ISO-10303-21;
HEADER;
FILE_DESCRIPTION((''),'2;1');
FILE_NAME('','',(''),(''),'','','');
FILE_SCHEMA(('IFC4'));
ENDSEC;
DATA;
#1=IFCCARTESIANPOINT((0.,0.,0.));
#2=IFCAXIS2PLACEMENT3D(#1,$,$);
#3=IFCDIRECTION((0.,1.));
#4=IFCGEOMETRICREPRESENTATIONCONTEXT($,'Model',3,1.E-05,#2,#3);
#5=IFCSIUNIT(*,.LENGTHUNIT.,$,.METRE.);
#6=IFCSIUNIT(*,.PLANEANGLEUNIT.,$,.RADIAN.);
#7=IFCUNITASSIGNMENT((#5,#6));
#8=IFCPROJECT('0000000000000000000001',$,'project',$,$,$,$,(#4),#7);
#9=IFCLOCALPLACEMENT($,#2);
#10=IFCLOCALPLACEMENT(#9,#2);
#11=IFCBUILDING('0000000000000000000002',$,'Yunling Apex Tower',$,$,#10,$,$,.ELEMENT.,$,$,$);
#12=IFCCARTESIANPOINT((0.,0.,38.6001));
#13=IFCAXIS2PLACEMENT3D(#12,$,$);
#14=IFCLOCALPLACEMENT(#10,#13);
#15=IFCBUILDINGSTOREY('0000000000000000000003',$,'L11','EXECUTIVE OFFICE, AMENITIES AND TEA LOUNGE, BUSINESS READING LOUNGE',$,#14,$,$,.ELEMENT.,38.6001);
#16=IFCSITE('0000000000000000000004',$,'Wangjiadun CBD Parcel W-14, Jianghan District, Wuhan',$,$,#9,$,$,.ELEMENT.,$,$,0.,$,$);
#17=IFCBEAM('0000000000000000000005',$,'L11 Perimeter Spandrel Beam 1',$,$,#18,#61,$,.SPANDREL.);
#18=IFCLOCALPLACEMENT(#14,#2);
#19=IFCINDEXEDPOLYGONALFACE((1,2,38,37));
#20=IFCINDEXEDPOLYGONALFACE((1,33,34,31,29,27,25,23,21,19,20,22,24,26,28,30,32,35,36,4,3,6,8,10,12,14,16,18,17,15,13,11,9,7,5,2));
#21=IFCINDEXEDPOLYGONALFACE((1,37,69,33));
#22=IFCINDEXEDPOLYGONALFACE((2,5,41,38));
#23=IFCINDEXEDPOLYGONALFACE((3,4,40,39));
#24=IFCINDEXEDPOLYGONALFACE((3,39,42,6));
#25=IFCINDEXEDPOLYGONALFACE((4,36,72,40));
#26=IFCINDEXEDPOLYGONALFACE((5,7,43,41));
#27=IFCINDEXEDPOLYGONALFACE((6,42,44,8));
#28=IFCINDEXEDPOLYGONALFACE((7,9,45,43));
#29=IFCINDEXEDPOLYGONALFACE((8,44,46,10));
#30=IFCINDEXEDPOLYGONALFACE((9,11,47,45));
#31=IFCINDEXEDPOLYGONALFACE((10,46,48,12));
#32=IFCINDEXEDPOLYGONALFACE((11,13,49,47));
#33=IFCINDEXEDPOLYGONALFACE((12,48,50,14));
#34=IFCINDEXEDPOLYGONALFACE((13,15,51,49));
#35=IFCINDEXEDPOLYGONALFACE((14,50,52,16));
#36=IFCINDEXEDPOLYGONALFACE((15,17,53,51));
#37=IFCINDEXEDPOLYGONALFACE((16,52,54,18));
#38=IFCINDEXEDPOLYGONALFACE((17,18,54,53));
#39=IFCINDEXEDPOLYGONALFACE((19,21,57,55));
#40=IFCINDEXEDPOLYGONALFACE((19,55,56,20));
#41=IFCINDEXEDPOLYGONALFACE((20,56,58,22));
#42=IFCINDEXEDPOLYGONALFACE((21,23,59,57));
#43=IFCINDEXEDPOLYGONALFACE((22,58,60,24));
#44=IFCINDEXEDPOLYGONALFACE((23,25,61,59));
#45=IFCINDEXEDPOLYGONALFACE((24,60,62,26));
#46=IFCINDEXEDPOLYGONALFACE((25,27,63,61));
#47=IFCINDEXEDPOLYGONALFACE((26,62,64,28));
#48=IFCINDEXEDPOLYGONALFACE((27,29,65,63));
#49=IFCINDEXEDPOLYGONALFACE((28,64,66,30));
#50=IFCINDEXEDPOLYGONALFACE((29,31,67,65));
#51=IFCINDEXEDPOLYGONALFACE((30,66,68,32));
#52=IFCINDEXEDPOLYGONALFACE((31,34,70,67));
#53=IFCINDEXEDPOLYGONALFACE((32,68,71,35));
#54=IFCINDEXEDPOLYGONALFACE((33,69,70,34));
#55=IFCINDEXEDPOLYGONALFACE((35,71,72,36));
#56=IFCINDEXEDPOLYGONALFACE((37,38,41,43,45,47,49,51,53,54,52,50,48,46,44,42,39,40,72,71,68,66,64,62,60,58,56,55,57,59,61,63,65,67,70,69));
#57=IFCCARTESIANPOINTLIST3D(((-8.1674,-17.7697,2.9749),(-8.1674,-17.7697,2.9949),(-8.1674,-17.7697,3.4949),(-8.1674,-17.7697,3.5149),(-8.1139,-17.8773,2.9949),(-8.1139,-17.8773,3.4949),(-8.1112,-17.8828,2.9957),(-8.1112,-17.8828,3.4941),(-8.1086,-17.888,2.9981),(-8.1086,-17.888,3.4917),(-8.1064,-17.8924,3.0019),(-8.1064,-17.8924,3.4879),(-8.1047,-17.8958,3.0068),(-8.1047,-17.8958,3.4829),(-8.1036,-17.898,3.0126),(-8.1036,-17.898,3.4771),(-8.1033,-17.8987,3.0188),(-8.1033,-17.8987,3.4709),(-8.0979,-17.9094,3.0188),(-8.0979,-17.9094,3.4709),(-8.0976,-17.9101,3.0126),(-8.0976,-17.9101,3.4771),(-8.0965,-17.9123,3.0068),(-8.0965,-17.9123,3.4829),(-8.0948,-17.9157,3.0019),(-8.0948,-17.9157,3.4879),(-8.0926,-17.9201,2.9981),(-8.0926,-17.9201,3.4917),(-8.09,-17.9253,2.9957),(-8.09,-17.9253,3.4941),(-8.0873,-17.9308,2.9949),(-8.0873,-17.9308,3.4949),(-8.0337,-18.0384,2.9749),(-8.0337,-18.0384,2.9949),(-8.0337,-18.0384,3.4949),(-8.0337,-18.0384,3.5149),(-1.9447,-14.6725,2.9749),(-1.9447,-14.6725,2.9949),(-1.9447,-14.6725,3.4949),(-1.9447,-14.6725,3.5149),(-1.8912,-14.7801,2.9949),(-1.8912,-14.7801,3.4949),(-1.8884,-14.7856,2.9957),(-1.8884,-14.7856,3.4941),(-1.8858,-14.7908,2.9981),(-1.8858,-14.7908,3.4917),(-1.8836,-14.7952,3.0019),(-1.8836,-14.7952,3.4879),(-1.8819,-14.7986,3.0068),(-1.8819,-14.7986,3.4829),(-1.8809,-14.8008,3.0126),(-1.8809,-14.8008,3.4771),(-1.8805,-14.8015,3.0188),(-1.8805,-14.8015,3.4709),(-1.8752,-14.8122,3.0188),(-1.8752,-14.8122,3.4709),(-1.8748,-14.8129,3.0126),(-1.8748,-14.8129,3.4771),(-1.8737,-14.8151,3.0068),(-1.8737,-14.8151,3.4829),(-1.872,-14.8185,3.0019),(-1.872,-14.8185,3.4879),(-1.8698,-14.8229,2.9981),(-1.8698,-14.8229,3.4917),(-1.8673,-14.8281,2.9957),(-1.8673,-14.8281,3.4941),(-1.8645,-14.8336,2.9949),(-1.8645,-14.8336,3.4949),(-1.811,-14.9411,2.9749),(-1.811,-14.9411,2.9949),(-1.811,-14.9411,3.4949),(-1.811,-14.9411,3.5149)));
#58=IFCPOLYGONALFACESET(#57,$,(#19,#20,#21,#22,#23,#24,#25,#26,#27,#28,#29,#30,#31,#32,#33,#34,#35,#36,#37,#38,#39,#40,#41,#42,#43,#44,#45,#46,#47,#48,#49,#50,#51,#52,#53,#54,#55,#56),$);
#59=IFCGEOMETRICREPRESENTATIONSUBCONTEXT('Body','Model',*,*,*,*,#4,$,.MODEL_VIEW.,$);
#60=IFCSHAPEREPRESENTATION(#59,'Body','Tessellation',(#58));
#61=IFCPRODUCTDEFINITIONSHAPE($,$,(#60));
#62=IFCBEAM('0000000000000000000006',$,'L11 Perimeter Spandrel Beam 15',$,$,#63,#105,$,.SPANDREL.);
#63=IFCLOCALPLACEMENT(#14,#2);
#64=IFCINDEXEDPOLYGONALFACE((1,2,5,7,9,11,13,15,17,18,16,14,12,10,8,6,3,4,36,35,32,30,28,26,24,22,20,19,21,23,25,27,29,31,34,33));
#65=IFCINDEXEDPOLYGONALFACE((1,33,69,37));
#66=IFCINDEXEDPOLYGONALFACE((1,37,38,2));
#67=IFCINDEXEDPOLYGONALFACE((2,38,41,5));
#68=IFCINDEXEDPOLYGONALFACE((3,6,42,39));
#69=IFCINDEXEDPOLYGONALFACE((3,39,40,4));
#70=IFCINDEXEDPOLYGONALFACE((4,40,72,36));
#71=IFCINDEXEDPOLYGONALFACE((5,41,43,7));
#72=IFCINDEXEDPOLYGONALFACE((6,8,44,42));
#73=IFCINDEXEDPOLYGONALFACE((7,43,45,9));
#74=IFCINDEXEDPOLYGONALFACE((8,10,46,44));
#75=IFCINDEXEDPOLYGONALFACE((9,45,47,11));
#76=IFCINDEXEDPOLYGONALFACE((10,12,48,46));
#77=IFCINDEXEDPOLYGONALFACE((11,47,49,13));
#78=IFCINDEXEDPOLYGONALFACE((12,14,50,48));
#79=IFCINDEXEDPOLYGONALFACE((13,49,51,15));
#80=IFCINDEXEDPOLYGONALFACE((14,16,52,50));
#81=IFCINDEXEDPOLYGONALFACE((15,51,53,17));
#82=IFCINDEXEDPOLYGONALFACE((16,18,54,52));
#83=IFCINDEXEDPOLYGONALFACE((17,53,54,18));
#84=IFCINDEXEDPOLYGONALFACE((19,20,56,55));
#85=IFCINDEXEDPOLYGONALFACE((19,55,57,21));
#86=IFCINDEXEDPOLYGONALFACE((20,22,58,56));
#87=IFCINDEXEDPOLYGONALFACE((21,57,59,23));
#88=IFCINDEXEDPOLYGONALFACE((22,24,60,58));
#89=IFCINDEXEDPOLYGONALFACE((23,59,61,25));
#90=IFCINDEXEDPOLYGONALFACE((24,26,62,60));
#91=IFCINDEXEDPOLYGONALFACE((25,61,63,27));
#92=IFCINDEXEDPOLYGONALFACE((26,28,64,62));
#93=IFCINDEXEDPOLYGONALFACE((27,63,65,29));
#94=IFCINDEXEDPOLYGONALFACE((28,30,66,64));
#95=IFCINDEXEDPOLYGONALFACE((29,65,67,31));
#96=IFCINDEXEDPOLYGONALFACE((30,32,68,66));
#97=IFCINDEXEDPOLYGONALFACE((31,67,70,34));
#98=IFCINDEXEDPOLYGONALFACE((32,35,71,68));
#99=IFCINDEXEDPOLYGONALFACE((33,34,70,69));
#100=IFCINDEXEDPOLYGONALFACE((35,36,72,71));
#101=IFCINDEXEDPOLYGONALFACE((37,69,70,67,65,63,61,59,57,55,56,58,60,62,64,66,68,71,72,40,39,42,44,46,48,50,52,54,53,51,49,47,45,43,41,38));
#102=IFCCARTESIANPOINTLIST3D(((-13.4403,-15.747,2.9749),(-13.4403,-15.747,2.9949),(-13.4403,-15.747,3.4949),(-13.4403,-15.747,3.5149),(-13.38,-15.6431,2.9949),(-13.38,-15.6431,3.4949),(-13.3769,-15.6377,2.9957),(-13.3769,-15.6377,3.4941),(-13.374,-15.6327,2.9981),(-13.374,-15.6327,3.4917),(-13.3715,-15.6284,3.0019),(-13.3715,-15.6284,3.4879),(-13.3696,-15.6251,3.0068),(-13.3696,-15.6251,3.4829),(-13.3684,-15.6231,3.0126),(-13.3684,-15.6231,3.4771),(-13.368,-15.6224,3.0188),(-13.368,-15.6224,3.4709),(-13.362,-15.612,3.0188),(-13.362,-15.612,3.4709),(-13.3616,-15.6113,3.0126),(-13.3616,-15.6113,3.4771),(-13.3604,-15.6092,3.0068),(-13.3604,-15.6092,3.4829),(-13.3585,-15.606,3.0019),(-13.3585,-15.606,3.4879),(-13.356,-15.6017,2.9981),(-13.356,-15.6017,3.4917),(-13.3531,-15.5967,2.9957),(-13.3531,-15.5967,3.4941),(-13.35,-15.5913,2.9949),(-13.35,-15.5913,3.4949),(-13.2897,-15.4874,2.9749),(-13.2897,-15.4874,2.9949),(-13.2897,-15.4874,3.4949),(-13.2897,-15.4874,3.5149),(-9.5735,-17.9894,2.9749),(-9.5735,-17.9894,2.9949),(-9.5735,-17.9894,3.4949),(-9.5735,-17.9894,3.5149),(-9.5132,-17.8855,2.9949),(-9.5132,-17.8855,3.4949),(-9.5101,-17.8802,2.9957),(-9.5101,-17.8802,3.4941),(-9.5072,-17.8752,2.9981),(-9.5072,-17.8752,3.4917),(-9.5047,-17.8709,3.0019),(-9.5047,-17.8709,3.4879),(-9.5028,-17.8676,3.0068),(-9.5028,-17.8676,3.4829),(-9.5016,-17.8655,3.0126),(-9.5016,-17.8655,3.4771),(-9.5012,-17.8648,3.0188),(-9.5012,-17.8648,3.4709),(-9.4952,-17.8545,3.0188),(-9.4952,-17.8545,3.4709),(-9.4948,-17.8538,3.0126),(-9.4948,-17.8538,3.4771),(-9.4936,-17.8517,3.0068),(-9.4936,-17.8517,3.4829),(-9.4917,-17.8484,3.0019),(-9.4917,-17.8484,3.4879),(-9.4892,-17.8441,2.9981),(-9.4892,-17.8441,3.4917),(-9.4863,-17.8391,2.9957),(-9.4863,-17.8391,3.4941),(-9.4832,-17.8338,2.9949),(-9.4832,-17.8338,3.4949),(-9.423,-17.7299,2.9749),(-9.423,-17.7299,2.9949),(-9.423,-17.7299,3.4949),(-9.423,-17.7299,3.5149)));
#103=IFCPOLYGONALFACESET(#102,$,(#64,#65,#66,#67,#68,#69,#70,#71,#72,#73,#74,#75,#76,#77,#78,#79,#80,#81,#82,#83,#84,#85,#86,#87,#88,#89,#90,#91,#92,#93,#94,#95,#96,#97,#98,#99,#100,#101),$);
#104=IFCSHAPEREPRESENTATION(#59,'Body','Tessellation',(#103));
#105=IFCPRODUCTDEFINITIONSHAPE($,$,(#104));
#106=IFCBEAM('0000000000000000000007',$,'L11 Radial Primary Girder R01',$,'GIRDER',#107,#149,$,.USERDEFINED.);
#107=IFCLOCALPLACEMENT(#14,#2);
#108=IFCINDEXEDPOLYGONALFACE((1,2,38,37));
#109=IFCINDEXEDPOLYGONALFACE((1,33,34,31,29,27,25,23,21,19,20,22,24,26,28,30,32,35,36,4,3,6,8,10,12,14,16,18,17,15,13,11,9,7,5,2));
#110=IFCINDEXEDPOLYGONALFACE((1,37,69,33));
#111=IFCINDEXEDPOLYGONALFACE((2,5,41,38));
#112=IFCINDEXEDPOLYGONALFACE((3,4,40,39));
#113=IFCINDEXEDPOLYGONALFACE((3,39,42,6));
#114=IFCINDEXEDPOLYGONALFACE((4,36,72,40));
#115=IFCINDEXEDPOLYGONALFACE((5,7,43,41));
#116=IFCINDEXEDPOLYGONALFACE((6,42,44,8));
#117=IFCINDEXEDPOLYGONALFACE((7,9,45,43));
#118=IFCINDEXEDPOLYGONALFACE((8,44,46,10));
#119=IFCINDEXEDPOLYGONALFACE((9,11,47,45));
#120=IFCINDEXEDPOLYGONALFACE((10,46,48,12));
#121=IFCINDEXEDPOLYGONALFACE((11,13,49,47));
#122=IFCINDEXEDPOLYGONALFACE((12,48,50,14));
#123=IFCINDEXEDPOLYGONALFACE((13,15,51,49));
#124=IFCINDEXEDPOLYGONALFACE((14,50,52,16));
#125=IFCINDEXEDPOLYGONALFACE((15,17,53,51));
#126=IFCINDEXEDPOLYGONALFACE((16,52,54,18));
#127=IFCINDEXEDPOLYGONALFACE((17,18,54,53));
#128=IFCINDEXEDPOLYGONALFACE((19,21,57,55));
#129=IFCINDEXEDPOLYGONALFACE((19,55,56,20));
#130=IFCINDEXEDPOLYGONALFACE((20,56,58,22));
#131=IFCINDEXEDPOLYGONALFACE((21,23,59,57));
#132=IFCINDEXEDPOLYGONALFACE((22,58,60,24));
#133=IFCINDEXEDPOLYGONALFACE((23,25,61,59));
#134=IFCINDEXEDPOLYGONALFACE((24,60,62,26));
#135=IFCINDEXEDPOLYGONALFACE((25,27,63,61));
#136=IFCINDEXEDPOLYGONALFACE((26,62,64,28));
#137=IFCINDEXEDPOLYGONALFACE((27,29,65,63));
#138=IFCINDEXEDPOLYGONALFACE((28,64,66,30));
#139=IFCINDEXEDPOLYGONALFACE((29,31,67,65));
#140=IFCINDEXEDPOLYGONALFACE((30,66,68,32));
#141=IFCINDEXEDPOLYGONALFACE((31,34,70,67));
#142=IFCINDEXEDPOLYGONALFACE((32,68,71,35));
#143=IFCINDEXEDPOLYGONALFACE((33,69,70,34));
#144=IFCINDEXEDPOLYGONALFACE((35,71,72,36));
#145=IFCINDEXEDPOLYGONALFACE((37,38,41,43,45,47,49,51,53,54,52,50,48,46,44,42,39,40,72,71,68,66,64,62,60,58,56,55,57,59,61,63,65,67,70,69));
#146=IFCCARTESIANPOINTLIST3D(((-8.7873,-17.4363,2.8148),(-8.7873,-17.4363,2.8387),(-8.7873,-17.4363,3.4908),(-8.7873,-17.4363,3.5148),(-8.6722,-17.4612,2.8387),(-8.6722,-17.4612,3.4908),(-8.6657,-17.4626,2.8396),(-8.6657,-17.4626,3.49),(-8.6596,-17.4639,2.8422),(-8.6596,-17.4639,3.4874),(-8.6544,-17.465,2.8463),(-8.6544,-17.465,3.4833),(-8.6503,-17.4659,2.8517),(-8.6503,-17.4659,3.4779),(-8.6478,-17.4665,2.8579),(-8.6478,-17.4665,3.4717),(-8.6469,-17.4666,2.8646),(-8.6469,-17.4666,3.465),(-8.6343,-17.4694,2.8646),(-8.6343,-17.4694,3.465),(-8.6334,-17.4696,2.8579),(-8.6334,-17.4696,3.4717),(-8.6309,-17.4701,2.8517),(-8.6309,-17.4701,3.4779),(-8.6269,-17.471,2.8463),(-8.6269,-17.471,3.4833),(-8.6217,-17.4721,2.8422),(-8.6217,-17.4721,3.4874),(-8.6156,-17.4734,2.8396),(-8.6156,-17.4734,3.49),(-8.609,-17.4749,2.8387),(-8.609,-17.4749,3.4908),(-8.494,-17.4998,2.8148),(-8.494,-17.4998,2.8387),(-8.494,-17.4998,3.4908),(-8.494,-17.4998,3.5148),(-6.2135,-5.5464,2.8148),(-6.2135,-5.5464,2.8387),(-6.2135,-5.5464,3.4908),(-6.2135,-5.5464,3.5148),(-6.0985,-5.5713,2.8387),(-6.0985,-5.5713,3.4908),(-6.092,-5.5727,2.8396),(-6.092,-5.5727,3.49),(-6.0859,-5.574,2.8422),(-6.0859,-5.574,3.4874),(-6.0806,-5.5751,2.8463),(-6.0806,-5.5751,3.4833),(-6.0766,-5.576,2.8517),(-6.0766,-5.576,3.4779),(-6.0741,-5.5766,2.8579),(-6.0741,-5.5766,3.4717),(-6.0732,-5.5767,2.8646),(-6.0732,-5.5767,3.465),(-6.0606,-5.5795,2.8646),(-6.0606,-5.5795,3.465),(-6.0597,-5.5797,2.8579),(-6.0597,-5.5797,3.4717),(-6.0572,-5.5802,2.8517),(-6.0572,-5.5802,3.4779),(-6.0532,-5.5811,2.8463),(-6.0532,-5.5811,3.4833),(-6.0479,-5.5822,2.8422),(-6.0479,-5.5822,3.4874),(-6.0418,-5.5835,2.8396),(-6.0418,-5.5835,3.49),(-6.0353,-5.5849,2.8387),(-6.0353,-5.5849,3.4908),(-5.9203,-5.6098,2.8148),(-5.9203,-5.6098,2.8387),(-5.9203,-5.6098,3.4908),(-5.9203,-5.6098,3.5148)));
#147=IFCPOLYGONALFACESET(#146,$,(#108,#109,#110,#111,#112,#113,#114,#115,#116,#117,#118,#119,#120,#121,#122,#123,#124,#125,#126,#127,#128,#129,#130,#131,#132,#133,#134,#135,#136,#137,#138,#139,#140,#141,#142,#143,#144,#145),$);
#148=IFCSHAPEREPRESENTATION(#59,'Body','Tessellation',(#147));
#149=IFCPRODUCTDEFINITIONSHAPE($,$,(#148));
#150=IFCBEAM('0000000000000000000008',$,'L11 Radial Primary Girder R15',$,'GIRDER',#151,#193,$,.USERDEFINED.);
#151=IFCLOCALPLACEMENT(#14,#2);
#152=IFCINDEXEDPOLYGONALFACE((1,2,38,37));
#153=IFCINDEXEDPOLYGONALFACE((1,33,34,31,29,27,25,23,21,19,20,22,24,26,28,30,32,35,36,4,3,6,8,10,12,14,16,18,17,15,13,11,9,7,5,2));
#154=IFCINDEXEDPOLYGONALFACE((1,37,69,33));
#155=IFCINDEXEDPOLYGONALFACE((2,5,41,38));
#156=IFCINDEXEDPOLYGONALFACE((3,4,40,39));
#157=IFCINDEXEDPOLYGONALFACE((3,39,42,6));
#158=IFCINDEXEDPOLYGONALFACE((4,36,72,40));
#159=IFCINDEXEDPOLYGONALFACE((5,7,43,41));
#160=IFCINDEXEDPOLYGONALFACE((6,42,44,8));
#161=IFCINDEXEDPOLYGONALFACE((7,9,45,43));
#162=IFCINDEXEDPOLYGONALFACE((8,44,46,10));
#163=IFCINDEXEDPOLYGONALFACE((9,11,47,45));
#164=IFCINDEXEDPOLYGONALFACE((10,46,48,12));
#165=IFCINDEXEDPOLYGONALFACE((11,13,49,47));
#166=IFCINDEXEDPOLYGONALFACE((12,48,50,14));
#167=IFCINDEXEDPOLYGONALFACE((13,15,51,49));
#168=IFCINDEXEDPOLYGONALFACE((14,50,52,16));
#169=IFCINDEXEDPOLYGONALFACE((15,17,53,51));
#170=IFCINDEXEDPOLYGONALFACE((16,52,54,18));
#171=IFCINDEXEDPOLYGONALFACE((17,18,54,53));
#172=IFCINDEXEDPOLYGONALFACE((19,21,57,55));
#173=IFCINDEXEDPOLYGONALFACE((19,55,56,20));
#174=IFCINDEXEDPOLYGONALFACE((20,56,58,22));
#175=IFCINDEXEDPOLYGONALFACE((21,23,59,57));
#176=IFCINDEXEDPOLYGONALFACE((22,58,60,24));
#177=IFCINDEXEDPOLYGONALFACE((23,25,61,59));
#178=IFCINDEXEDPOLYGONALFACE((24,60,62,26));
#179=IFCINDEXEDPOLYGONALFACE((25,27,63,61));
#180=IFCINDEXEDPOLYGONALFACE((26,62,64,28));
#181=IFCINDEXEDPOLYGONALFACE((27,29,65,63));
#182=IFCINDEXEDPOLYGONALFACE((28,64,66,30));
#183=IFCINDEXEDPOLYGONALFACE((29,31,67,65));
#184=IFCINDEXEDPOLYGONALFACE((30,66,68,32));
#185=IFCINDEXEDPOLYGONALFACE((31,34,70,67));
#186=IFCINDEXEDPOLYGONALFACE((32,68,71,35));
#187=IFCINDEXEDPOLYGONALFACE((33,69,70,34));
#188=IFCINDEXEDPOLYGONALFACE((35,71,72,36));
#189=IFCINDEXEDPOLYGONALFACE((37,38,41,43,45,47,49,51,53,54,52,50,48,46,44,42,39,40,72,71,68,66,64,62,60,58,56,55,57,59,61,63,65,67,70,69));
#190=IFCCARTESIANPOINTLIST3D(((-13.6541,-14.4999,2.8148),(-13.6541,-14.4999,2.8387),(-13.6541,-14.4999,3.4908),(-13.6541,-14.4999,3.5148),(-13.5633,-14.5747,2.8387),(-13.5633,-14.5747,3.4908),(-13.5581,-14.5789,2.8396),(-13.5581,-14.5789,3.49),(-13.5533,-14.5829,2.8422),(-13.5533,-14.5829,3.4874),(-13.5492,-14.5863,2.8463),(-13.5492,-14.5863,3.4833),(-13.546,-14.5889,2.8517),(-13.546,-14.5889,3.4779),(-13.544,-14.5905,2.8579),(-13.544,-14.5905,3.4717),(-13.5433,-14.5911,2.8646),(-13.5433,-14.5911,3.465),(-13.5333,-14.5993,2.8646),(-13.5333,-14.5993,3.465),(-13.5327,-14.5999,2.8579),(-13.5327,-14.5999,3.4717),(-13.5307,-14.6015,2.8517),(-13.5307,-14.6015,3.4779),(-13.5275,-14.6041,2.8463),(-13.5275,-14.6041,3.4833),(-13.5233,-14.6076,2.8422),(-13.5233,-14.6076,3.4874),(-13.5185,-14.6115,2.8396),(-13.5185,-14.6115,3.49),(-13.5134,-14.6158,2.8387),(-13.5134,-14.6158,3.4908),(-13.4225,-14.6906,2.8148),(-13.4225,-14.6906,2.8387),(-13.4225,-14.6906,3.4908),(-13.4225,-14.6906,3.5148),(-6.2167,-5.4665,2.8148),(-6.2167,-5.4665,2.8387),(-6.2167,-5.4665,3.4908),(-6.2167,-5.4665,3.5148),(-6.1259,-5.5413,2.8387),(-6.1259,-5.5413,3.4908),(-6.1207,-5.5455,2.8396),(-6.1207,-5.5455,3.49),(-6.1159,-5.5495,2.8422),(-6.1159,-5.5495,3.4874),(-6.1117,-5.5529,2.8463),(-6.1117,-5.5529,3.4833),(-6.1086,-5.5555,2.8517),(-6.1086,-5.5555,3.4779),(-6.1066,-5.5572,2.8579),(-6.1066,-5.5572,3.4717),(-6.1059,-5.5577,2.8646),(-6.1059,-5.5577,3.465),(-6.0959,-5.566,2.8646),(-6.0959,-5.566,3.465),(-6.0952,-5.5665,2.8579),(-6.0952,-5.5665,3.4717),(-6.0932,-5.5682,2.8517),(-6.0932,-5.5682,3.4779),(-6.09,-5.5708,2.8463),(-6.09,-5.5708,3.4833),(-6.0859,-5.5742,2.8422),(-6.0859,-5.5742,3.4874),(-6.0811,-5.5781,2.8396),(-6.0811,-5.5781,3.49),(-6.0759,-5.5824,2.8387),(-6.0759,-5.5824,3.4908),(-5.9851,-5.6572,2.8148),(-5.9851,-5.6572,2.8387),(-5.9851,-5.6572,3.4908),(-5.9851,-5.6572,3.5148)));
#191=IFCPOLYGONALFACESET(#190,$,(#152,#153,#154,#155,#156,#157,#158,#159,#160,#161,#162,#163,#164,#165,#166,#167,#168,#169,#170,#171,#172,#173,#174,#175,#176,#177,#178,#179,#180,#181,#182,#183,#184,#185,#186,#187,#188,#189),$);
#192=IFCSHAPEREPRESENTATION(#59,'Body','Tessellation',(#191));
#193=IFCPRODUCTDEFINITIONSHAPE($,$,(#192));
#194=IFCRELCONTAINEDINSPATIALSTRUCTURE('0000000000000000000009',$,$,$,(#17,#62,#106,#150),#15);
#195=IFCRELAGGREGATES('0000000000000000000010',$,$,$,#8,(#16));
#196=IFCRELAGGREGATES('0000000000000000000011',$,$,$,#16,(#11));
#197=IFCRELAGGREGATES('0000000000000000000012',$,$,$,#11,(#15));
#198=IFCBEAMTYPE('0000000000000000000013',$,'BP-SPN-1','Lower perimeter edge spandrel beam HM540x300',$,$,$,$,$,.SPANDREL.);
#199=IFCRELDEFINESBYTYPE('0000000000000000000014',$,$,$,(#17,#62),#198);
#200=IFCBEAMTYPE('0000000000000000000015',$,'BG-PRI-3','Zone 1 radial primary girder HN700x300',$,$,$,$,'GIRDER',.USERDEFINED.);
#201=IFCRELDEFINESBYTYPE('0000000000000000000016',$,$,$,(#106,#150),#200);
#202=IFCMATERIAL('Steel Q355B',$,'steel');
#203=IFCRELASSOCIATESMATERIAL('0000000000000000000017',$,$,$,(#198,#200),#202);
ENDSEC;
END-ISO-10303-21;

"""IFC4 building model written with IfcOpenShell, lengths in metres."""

from ifc_helpers import new_model, si_unit, direction, frame, origin, origin_2d, place, context, subcontext, project, spatial, i_section, extrude, source, transform, mapped, material, material_profile, profile_set, type_object, element, save


model = new_model("IFC4")

# Units and contexts
model_context = context("Model", 3, precision=1e-05, world=origin(), true_north=direction((0.0, 1.0)))
body_context = subcontext(model_context, "Body", "Model", "MODEL_VIEW")
ifc_project = project(units=[si_unit("LENGTHUNIT", "METRE"), si_unit("PLANEANGLEUNIT", "RADIAN")], contexts=[model_context])

# Site, building, storey
site_placement = place(None, origin())
site = spatial("IfcSite", under=ifc_project, at=site_placement, Name="Wangjiadun CBD Parcel W-14, Jianghan District, Wuhan", CompositionType="ELEMENT", RefElevation=0.0)
building_placement = place(site_placement, origin())
building = spatial("IfcBuilding", under=site, at=building_placement, Name="Yunling Apex Tower", CompositionType="ELEMENT")
storey_placement = place(building_placement, frame((0.0, 0.0, 38.6001)))
storey = spatial("IfcBuildingStorey", under=building, at=storey_placement, Name="L11", Description="EXECUTIVE OFFICE, AMENITIES AND TEA LOUNGE, BUSINESS READING LOUNGE", CompositionType="ELEMENT", Elevation=38.6001)

# Beams
ifc_material_1 = material(Name="Steel Q355B", Category="steel")
ifc_material_profile_1 = material_profile(ifc_material_1, i_section(OverallWidth=0.3, OverallDepth=0.54, WebThickness=0.012, FlangeThickness=0.02, FilletRadius=0.0239, at=origin_2d()))
ifc_profile_set_1 = profile_set([ifc_material_profile_1], Name="Steel Q355B")
beam_type_1 = type_object("IfcBeamType", Name="BP-SPN-1", Description="Lower perimeter edge spandrel beam HM540x300", PredefinedType="SPANDREL", material=ifc_profile_set_1)
shared_shape_1 = source(origin(), body_context, "Body", "SweptSolid", [
    extrude(i_section(OverallWidth=0.3, OverallDepth=0.54, WebThickness=0.012, FlangeThickness=0.02, FilletRadius=0.0239, at=origin_2d()), origin(), (0.0, 0.0, 1.0), 6.9509),
])
beam_1_placement = place(storey_placement, frame((-8.1006, -17.9041, 3.2449), z_axis=(0.895241, 0.445583, 0.0), x_axis=(-0.445583, 0.895241, 0.0)))
element("IfcBeam", 1, at=beam_1_placement, inside=storey, type_object=beam_type_1, Name="L11 Perimeter Spandrel Beam 1", PredefinedType="SPANDREL", context=body_context, shape_type="MappedRepresentation", body=[
    mapped(shared_shape_1, transform((0.0, 0.0, 0.0), scale=1.0)),
])
shared_shape_2 = source(origin(), body_context, "Body", "SweptSolid", [
    extrude(i_section(OverallWidth=0.3, OverallDepth=0.54, WebThickness=0.012, FlangeThickness=0.02, FilletRadius=0.0239, at=origin_2d()), origin(), (0.0, 0.0, 1.0), 4.47),
])
beam_2_placement = place(storey_placement, frame((-13.365, -15.6172, 3.2449), z_axis=(0.865056, -0.501676, 0.0), x_axis=(0.501676, 0.865056, 0.0)))
element("IfcBeam", 2, at=beam_2_placement, inside=storey, type_object=beam_type_1, Name="L11 Perimeter Spandrel Beam 15", PredefinedType="SPANDREL", context=body_context, shape_type="MappedRepresentation", body=[
    mapped(shared_shape_2, transform((0.0, 0.0, 0.0), scale=1.0)),
])
ifc_material_profile_2 = material_profile(ifc_material_1, i_section(OverallWidth=0.3, OverallDepth=0.7, WebThickness=0.0129, FlangeThickness=0.0239, FilletRadius=0.0259, at=origin_2d()))
ifc_profile_set_2 = profile_set([ifc_material_profile_2], Name="Steel Q355B")
beam_type_2 = type_object("IfcBeamType", Name="BG-PRI-3", Description="Zone 1 radial primary girder HN700x300", ElementType="GIRDER", PredefinedType="USERDEFINED", material=ifc_profile_set_2)
shared_shape_3 = source(origin(), body_context, "Body", "SweptSolid", [
    extrude(i_section(OverallWidth=0.3, OverallDepth=0.7, WebThickness=0.0129, FlangeThickness=0.0239, FilletRadius=0.0259, at=origin_2d()), origin(), (0.0, 0.0, 1.0), 12.1653),
])
beam_3_placement = place(storey_placement, frame((-8.6406, -17.468, 3.1648), z_axis=(0.211564, 0.977364, 0.0), x_axis=(-0.977364, 0.211564, 0.0)))
element("IfcBeam", 3, at=beam_3_placement, inside=storey, type_object=beam_type_2, Name="L11 Radial Primary Girder R01", ObjectType="GIRDER", PredefinedType="USERDEFINED", context=body_context, shape_type="MappedRepresentation", body=[
    mapped(shared_shape_3, transform((0.0, 0.0, 0.0), scale=1.0)),
])
shared_shape_4 = source(origin(), body_context, "Body", "SweptSolid", [
    extrude(i_section(OverallWidth=0.3, OverallDepth=0.7, WebThickness=0.0129, FlangeThickness=0.0239, FilletRadius=0.0259, at=origin_2d()), origin(), (0.0, 0.0, 1.0), 11.7012),
])
beam_4_placement = place(storey_placement, frame((-13.5383, -14.5952, 3.1648), z_axis=(0.635615, 0.772006, 0.0), x_axis=(-0.772006, 0.635615, 0.0)))
element("IfcBeam", 4, at=beam_4_placement, inside=storey, type_object=beam_type_2, Name="L11 Radial Primary Girder R15", ObjectType="GIRDER", PredefinedType="USERDEFINED", context=body_context, shape_type="MappedRepresentation", body=[
    mapped(shared_shape_4, transform((0.0, 0.0, 0.0), scale=1.0)),
])

save(model, "model.ifc")
